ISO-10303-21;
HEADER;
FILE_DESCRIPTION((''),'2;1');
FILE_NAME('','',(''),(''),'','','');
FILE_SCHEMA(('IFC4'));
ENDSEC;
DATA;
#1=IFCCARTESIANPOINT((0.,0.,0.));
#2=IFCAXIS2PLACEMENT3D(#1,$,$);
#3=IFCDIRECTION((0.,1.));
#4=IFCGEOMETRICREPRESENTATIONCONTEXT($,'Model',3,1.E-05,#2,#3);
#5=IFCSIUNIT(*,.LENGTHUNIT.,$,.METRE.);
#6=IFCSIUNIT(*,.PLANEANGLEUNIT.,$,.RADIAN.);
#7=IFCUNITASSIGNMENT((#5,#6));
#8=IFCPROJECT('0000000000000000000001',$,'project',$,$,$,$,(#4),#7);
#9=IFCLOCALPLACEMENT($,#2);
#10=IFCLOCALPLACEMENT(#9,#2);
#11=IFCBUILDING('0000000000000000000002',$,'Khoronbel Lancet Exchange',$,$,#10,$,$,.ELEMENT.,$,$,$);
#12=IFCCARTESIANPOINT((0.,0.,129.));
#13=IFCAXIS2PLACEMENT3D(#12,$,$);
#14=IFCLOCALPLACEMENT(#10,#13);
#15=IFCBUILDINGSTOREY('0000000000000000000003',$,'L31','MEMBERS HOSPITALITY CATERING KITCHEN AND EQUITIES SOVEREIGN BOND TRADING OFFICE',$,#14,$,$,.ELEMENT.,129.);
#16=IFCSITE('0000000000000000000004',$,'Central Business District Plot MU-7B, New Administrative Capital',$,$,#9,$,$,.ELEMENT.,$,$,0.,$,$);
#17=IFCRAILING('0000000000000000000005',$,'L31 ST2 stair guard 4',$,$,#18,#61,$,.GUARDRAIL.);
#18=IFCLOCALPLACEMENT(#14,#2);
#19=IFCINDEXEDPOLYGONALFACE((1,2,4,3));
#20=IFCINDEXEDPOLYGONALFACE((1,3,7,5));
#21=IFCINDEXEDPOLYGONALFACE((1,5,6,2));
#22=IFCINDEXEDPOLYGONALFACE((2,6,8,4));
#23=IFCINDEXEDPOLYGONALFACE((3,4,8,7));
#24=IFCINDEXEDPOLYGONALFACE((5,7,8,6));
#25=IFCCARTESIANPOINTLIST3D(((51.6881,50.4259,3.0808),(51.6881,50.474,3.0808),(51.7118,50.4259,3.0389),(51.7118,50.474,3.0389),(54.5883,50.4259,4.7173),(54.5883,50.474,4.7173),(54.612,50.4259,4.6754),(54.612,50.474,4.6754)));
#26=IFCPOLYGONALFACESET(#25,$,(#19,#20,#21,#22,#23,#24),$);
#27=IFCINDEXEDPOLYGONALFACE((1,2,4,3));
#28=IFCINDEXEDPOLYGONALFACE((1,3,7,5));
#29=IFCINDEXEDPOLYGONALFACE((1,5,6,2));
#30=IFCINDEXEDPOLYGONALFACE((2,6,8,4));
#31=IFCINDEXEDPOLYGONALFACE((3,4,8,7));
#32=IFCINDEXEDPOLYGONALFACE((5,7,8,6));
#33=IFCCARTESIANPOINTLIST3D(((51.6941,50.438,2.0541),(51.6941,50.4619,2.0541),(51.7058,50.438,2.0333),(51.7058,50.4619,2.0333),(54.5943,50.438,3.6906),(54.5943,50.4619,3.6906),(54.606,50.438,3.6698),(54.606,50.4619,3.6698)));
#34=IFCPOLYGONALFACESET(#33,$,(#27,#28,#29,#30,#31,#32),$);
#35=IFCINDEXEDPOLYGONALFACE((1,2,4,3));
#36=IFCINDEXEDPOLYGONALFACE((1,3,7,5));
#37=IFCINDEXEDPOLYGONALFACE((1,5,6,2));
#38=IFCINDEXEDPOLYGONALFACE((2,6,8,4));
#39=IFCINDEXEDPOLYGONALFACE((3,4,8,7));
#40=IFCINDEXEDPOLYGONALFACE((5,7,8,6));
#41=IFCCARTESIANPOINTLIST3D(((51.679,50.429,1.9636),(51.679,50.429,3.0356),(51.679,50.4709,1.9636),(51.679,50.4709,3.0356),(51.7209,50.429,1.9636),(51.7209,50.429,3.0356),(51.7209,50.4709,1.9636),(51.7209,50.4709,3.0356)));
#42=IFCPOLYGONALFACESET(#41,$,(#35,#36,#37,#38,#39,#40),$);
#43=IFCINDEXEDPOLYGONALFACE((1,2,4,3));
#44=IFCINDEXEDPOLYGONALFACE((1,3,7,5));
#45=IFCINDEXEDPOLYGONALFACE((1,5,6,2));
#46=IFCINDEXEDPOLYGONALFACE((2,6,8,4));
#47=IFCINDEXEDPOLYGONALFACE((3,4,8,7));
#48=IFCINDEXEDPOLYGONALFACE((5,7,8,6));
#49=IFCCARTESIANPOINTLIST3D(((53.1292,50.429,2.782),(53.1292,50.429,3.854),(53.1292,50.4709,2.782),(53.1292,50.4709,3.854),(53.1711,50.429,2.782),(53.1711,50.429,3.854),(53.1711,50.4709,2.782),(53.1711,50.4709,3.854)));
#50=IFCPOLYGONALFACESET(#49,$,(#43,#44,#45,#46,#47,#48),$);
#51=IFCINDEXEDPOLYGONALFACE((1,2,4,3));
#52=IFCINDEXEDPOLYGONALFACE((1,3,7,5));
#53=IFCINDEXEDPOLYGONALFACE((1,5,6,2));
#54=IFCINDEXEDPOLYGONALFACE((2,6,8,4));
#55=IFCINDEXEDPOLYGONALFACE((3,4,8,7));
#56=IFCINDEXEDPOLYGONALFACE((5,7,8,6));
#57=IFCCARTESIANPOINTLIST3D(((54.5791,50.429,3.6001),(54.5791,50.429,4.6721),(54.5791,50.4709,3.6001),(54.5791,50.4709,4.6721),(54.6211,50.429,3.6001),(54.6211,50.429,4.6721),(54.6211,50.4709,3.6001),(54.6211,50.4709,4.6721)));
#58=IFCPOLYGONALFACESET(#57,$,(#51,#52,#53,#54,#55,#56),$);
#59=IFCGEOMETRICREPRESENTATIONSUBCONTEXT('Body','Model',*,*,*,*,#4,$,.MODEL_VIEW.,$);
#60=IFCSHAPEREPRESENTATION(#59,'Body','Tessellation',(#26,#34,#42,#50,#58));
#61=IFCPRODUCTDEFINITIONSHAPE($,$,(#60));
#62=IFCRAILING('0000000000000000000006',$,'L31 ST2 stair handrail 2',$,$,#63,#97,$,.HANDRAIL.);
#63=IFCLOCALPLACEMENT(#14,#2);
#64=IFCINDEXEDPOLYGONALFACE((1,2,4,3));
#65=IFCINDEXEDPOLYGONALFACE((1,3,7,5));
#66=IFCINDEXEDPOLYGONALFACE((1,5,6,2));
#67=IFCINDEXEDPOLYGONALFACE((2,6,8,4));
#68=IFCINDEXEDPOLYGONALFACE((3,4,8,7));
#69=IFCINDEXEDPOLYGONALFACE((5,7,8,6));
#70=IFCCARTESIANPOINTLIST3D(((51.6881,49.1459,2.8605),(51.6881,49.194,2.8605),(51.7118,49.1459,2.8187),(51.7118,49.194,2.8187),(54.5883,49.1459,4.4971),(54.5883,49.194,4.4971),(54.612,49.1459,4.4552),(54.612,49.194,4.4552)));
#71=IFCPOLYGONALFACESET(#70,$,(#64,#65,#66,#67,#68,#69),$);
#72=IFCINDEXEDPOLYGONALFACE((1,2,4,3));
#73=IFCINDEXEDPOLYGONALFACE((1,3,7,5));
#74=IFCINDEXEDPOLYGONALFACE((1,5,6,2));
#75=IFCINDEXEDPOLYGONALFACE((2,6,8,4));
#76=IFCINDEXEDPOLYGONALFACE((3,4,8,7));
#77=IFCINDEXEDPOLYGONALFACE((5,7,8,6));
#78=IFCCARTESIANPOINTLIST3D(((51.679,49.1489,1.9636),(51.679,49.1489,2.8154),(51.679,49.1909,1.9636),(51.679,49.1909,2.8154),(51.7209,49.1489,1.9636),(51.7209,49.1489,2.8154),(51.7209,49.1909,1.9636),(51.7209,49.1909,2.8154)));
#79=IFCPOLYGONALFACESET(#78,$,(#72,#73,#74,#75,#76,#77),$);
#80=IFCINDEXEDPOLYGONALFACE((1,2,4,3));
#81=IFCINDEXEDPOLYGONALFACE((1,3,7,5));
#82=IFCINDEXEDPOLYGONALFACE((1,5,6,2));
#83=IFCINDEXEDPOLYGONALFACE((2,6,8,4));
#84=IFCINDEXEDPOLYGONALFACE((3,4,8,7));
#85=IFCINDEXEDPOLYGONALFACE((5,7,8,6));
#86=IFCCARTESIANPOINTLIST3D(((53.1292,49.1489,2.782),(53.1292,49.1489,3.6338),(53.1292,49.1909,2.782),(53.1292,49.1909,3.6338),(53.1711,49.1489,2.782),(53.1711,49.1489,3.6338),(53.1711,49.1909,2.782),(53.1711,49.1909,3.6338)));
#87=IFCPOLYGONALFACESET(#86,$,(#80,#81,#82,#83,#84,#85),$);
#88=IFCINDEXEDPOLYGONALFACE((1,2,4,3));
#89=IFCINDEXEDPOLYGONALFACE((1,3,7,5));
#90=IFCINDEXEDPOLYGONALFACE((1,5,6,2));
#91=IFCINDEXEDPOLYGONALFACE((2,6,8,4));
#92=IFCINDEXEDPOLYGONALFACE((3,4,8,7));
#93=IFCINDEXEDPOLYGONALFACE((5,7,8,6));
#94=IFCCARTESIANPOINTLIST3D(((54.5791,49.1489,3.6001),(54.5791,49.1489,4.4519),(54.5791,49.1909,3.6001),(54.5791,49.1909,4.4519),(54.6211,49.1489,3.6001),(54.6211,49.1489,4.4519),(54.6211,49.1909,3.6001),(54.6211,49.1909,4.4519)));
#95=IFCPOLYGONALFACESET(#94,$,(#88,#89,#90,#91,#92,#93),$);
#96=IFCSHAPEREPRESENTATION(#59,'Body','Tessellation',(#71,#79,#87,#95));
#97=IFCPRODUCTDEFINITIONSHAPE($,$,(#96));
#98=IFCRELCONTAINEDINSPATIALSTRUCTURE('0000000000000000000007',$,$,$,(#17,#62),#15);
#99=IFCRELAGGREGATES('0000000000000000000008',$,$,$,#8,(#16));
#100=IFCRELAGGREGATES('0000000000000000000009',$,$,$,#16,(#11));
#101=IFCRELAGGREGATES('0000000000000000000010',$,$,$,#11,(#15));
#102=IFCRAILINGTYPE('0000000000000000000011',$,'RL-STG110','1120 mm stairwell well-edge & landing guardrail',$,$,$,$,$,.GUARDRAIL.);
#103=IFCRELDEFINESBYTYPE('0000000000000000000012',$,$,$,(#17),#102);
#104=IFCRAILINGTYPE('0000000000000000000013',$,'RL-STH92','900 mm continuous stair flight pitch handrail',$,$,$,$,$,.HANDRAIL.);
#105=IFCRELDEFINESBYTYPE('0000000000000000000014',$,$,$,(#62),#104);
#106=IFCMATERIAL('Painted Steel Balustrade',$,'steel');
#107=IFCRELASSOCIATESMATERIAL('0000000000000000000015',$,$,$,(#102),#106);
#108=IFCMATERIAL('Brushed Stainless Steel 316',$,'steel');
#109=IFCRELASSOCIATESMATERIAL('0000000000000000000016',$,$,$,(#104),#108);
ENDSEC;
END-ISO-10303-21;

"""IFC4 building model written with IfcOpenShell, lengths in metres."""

from ifc_helpers import new_model, si_unit, direction, frame, origin, origin_2d, place, context, subcontext, project, spatial, rectangle, extrude, material, type_object, element, save


model = new_model("IFC4")

# Units and contexts
model_context = context("Model", 3, precision=1e-05, world=origin(), true_north=direction((0.0, 1.0)))
body_context = subcontext(model_context, "Body", "Model", "MODEL_VIEW")
ifc_project = project(units=[si_unit("LENGTHUNIT", "METRE"), si_unit("PLANEANGLEUNIT", "RADIAN")], contexts=[model_context])

# Site, building, storey
site_placement = place(None, origin())
site = spatial("IfcSite", under=ifc_project, at=site_placement, Name="Central Business District Plot MU-7B, New Administrative Capital", CompositionType="ELEMENT", RefElevation=0.0)
building_placement = place(site_placement, origin())
building = spatial("IfcBuilding", under=site, at=building_placement, Name="Khoronbel Lancet Exchange", CompositionType="ELEMENT")
storey_placement = place(building_placement, frame((0.0, 0.0, 129.0)))
storey = spatial("IfcBuildingStorey", under=building, at=storey_placement, Name="L31", Description="MEMBERS HOSPITALITY CATERING KITCHEN AND EQUITIES SOVEREIGN BOND TRADING OFFICE", CompositionType="ELEMENT", Elevation=129.0)

# Railings
ifc_material_1 = material(Name="Painted Steel Balustrade", Category="steel")
railing_type_1 = type_object("IfcRailingType", Name="RL-STG110", Description="1120 mm stairwell well-edge & landing guardrail", PredefinedType="GUARDRAIL", material=ifc_material_1)
railing_1_placement = place(storey_placement, frame((51.7, 50.45, 1.9636)))
element("IfcRailing", 1, at=railing_1_placement, inside=storey, type_object=railing_type_1, Name="L31 ST2 stair guard 4", PredefinedType="GUARDRAIL", context=body_context, shape_type="SweptSolid", body=[
    extrude(rectangle(XDim=0.0481, YDim=0.0481, at=origin_2d()), frame((0.0, 0.0, 1.0962), z_axis=(0.870915, 0.0, 0.491434), x_axis=(0.0, 1.0, 0.0)), (0.0, 0.0, 1.0), 3.3301),
    extrude(rectangle(XDim=0.0239, YDim=0.0239, at=origin_2d()), frame((0.0, 0.0, 0.0801), z_axis=(0.870915, 0.0, 0.491434), x_axis=(0.0, 1.0, 0.0)), (0.0, 0.0, 1.0), 3.3301),
    extrude(rectangle(XDim=0.042, YDim=0.042, at=origin_2d()), origin(), (0.0, 0.0, 1.0), 1.072),
    extrude(rectangle(XDim=0.042, YDim=0.042, at=origin_2d()), frame((1.4502, 0.0, 0.8184)), (0.0, 0.0, 1.0), 1.072),
    extrude(rectangle(XDim=0.042, YDim=0.042, at=origin_2d()), frame((2.9001, 0.0, 1.6365)), (0.0, 0.0, 1.0), 1.072),
])
ifc_material_2 = material(Name="Brushed Stainless Steel 316", Category="steel")
railing_type_2 = type_object("IfcRailingType", Name="RL-STH92", Description="900 mm continuous stair flight pitch handrail", PredefinedType="HANDRAIL", material=ifc_material_2)
railing_2_placement = place(storey_placement, frame((51.7, 49.1699, 1.9636)))
element("IfcRailing", 2, at=railing_2_placement, inside=storey, type_object=railing_type_2, Name="L31 ST2 stair handrail 2", PredefinedType="HANDRAIL", context=body_context, shape_type="SweptSolid", body=[
    extrude(rectangle(XDim=0.0481, YDim=0.0481, at=origin_2d()), frame((0.0, 0.0, 0.876), z_axis=(0.870915, 0.0, 0.491434), x_axis=(0.0, 1.0, 0.0)), (0.0, 0.0, 1.0), 3.3301),
    extrude(rectangle(XDim=0.042, YDim=0.042, at=origin_2d()), origin(), (0.0, 0.0, 1.0), 0.8518),
    extrude(rectangle(XDim=0.042, YDim=0.042, at=origin_2d()), frame((1.4502, 0.0, 0.8184)), (0.0, 0.0, 1.0), 0.8518),
    extrude(rectangle(XDim=0.042, YDim=0.042, at=origin_2d()), frame((2.9001, 0.0, 1.6365)), (0.0, 0.0, 1.0), 0.8518),
])

save(model, "model.ifc")
